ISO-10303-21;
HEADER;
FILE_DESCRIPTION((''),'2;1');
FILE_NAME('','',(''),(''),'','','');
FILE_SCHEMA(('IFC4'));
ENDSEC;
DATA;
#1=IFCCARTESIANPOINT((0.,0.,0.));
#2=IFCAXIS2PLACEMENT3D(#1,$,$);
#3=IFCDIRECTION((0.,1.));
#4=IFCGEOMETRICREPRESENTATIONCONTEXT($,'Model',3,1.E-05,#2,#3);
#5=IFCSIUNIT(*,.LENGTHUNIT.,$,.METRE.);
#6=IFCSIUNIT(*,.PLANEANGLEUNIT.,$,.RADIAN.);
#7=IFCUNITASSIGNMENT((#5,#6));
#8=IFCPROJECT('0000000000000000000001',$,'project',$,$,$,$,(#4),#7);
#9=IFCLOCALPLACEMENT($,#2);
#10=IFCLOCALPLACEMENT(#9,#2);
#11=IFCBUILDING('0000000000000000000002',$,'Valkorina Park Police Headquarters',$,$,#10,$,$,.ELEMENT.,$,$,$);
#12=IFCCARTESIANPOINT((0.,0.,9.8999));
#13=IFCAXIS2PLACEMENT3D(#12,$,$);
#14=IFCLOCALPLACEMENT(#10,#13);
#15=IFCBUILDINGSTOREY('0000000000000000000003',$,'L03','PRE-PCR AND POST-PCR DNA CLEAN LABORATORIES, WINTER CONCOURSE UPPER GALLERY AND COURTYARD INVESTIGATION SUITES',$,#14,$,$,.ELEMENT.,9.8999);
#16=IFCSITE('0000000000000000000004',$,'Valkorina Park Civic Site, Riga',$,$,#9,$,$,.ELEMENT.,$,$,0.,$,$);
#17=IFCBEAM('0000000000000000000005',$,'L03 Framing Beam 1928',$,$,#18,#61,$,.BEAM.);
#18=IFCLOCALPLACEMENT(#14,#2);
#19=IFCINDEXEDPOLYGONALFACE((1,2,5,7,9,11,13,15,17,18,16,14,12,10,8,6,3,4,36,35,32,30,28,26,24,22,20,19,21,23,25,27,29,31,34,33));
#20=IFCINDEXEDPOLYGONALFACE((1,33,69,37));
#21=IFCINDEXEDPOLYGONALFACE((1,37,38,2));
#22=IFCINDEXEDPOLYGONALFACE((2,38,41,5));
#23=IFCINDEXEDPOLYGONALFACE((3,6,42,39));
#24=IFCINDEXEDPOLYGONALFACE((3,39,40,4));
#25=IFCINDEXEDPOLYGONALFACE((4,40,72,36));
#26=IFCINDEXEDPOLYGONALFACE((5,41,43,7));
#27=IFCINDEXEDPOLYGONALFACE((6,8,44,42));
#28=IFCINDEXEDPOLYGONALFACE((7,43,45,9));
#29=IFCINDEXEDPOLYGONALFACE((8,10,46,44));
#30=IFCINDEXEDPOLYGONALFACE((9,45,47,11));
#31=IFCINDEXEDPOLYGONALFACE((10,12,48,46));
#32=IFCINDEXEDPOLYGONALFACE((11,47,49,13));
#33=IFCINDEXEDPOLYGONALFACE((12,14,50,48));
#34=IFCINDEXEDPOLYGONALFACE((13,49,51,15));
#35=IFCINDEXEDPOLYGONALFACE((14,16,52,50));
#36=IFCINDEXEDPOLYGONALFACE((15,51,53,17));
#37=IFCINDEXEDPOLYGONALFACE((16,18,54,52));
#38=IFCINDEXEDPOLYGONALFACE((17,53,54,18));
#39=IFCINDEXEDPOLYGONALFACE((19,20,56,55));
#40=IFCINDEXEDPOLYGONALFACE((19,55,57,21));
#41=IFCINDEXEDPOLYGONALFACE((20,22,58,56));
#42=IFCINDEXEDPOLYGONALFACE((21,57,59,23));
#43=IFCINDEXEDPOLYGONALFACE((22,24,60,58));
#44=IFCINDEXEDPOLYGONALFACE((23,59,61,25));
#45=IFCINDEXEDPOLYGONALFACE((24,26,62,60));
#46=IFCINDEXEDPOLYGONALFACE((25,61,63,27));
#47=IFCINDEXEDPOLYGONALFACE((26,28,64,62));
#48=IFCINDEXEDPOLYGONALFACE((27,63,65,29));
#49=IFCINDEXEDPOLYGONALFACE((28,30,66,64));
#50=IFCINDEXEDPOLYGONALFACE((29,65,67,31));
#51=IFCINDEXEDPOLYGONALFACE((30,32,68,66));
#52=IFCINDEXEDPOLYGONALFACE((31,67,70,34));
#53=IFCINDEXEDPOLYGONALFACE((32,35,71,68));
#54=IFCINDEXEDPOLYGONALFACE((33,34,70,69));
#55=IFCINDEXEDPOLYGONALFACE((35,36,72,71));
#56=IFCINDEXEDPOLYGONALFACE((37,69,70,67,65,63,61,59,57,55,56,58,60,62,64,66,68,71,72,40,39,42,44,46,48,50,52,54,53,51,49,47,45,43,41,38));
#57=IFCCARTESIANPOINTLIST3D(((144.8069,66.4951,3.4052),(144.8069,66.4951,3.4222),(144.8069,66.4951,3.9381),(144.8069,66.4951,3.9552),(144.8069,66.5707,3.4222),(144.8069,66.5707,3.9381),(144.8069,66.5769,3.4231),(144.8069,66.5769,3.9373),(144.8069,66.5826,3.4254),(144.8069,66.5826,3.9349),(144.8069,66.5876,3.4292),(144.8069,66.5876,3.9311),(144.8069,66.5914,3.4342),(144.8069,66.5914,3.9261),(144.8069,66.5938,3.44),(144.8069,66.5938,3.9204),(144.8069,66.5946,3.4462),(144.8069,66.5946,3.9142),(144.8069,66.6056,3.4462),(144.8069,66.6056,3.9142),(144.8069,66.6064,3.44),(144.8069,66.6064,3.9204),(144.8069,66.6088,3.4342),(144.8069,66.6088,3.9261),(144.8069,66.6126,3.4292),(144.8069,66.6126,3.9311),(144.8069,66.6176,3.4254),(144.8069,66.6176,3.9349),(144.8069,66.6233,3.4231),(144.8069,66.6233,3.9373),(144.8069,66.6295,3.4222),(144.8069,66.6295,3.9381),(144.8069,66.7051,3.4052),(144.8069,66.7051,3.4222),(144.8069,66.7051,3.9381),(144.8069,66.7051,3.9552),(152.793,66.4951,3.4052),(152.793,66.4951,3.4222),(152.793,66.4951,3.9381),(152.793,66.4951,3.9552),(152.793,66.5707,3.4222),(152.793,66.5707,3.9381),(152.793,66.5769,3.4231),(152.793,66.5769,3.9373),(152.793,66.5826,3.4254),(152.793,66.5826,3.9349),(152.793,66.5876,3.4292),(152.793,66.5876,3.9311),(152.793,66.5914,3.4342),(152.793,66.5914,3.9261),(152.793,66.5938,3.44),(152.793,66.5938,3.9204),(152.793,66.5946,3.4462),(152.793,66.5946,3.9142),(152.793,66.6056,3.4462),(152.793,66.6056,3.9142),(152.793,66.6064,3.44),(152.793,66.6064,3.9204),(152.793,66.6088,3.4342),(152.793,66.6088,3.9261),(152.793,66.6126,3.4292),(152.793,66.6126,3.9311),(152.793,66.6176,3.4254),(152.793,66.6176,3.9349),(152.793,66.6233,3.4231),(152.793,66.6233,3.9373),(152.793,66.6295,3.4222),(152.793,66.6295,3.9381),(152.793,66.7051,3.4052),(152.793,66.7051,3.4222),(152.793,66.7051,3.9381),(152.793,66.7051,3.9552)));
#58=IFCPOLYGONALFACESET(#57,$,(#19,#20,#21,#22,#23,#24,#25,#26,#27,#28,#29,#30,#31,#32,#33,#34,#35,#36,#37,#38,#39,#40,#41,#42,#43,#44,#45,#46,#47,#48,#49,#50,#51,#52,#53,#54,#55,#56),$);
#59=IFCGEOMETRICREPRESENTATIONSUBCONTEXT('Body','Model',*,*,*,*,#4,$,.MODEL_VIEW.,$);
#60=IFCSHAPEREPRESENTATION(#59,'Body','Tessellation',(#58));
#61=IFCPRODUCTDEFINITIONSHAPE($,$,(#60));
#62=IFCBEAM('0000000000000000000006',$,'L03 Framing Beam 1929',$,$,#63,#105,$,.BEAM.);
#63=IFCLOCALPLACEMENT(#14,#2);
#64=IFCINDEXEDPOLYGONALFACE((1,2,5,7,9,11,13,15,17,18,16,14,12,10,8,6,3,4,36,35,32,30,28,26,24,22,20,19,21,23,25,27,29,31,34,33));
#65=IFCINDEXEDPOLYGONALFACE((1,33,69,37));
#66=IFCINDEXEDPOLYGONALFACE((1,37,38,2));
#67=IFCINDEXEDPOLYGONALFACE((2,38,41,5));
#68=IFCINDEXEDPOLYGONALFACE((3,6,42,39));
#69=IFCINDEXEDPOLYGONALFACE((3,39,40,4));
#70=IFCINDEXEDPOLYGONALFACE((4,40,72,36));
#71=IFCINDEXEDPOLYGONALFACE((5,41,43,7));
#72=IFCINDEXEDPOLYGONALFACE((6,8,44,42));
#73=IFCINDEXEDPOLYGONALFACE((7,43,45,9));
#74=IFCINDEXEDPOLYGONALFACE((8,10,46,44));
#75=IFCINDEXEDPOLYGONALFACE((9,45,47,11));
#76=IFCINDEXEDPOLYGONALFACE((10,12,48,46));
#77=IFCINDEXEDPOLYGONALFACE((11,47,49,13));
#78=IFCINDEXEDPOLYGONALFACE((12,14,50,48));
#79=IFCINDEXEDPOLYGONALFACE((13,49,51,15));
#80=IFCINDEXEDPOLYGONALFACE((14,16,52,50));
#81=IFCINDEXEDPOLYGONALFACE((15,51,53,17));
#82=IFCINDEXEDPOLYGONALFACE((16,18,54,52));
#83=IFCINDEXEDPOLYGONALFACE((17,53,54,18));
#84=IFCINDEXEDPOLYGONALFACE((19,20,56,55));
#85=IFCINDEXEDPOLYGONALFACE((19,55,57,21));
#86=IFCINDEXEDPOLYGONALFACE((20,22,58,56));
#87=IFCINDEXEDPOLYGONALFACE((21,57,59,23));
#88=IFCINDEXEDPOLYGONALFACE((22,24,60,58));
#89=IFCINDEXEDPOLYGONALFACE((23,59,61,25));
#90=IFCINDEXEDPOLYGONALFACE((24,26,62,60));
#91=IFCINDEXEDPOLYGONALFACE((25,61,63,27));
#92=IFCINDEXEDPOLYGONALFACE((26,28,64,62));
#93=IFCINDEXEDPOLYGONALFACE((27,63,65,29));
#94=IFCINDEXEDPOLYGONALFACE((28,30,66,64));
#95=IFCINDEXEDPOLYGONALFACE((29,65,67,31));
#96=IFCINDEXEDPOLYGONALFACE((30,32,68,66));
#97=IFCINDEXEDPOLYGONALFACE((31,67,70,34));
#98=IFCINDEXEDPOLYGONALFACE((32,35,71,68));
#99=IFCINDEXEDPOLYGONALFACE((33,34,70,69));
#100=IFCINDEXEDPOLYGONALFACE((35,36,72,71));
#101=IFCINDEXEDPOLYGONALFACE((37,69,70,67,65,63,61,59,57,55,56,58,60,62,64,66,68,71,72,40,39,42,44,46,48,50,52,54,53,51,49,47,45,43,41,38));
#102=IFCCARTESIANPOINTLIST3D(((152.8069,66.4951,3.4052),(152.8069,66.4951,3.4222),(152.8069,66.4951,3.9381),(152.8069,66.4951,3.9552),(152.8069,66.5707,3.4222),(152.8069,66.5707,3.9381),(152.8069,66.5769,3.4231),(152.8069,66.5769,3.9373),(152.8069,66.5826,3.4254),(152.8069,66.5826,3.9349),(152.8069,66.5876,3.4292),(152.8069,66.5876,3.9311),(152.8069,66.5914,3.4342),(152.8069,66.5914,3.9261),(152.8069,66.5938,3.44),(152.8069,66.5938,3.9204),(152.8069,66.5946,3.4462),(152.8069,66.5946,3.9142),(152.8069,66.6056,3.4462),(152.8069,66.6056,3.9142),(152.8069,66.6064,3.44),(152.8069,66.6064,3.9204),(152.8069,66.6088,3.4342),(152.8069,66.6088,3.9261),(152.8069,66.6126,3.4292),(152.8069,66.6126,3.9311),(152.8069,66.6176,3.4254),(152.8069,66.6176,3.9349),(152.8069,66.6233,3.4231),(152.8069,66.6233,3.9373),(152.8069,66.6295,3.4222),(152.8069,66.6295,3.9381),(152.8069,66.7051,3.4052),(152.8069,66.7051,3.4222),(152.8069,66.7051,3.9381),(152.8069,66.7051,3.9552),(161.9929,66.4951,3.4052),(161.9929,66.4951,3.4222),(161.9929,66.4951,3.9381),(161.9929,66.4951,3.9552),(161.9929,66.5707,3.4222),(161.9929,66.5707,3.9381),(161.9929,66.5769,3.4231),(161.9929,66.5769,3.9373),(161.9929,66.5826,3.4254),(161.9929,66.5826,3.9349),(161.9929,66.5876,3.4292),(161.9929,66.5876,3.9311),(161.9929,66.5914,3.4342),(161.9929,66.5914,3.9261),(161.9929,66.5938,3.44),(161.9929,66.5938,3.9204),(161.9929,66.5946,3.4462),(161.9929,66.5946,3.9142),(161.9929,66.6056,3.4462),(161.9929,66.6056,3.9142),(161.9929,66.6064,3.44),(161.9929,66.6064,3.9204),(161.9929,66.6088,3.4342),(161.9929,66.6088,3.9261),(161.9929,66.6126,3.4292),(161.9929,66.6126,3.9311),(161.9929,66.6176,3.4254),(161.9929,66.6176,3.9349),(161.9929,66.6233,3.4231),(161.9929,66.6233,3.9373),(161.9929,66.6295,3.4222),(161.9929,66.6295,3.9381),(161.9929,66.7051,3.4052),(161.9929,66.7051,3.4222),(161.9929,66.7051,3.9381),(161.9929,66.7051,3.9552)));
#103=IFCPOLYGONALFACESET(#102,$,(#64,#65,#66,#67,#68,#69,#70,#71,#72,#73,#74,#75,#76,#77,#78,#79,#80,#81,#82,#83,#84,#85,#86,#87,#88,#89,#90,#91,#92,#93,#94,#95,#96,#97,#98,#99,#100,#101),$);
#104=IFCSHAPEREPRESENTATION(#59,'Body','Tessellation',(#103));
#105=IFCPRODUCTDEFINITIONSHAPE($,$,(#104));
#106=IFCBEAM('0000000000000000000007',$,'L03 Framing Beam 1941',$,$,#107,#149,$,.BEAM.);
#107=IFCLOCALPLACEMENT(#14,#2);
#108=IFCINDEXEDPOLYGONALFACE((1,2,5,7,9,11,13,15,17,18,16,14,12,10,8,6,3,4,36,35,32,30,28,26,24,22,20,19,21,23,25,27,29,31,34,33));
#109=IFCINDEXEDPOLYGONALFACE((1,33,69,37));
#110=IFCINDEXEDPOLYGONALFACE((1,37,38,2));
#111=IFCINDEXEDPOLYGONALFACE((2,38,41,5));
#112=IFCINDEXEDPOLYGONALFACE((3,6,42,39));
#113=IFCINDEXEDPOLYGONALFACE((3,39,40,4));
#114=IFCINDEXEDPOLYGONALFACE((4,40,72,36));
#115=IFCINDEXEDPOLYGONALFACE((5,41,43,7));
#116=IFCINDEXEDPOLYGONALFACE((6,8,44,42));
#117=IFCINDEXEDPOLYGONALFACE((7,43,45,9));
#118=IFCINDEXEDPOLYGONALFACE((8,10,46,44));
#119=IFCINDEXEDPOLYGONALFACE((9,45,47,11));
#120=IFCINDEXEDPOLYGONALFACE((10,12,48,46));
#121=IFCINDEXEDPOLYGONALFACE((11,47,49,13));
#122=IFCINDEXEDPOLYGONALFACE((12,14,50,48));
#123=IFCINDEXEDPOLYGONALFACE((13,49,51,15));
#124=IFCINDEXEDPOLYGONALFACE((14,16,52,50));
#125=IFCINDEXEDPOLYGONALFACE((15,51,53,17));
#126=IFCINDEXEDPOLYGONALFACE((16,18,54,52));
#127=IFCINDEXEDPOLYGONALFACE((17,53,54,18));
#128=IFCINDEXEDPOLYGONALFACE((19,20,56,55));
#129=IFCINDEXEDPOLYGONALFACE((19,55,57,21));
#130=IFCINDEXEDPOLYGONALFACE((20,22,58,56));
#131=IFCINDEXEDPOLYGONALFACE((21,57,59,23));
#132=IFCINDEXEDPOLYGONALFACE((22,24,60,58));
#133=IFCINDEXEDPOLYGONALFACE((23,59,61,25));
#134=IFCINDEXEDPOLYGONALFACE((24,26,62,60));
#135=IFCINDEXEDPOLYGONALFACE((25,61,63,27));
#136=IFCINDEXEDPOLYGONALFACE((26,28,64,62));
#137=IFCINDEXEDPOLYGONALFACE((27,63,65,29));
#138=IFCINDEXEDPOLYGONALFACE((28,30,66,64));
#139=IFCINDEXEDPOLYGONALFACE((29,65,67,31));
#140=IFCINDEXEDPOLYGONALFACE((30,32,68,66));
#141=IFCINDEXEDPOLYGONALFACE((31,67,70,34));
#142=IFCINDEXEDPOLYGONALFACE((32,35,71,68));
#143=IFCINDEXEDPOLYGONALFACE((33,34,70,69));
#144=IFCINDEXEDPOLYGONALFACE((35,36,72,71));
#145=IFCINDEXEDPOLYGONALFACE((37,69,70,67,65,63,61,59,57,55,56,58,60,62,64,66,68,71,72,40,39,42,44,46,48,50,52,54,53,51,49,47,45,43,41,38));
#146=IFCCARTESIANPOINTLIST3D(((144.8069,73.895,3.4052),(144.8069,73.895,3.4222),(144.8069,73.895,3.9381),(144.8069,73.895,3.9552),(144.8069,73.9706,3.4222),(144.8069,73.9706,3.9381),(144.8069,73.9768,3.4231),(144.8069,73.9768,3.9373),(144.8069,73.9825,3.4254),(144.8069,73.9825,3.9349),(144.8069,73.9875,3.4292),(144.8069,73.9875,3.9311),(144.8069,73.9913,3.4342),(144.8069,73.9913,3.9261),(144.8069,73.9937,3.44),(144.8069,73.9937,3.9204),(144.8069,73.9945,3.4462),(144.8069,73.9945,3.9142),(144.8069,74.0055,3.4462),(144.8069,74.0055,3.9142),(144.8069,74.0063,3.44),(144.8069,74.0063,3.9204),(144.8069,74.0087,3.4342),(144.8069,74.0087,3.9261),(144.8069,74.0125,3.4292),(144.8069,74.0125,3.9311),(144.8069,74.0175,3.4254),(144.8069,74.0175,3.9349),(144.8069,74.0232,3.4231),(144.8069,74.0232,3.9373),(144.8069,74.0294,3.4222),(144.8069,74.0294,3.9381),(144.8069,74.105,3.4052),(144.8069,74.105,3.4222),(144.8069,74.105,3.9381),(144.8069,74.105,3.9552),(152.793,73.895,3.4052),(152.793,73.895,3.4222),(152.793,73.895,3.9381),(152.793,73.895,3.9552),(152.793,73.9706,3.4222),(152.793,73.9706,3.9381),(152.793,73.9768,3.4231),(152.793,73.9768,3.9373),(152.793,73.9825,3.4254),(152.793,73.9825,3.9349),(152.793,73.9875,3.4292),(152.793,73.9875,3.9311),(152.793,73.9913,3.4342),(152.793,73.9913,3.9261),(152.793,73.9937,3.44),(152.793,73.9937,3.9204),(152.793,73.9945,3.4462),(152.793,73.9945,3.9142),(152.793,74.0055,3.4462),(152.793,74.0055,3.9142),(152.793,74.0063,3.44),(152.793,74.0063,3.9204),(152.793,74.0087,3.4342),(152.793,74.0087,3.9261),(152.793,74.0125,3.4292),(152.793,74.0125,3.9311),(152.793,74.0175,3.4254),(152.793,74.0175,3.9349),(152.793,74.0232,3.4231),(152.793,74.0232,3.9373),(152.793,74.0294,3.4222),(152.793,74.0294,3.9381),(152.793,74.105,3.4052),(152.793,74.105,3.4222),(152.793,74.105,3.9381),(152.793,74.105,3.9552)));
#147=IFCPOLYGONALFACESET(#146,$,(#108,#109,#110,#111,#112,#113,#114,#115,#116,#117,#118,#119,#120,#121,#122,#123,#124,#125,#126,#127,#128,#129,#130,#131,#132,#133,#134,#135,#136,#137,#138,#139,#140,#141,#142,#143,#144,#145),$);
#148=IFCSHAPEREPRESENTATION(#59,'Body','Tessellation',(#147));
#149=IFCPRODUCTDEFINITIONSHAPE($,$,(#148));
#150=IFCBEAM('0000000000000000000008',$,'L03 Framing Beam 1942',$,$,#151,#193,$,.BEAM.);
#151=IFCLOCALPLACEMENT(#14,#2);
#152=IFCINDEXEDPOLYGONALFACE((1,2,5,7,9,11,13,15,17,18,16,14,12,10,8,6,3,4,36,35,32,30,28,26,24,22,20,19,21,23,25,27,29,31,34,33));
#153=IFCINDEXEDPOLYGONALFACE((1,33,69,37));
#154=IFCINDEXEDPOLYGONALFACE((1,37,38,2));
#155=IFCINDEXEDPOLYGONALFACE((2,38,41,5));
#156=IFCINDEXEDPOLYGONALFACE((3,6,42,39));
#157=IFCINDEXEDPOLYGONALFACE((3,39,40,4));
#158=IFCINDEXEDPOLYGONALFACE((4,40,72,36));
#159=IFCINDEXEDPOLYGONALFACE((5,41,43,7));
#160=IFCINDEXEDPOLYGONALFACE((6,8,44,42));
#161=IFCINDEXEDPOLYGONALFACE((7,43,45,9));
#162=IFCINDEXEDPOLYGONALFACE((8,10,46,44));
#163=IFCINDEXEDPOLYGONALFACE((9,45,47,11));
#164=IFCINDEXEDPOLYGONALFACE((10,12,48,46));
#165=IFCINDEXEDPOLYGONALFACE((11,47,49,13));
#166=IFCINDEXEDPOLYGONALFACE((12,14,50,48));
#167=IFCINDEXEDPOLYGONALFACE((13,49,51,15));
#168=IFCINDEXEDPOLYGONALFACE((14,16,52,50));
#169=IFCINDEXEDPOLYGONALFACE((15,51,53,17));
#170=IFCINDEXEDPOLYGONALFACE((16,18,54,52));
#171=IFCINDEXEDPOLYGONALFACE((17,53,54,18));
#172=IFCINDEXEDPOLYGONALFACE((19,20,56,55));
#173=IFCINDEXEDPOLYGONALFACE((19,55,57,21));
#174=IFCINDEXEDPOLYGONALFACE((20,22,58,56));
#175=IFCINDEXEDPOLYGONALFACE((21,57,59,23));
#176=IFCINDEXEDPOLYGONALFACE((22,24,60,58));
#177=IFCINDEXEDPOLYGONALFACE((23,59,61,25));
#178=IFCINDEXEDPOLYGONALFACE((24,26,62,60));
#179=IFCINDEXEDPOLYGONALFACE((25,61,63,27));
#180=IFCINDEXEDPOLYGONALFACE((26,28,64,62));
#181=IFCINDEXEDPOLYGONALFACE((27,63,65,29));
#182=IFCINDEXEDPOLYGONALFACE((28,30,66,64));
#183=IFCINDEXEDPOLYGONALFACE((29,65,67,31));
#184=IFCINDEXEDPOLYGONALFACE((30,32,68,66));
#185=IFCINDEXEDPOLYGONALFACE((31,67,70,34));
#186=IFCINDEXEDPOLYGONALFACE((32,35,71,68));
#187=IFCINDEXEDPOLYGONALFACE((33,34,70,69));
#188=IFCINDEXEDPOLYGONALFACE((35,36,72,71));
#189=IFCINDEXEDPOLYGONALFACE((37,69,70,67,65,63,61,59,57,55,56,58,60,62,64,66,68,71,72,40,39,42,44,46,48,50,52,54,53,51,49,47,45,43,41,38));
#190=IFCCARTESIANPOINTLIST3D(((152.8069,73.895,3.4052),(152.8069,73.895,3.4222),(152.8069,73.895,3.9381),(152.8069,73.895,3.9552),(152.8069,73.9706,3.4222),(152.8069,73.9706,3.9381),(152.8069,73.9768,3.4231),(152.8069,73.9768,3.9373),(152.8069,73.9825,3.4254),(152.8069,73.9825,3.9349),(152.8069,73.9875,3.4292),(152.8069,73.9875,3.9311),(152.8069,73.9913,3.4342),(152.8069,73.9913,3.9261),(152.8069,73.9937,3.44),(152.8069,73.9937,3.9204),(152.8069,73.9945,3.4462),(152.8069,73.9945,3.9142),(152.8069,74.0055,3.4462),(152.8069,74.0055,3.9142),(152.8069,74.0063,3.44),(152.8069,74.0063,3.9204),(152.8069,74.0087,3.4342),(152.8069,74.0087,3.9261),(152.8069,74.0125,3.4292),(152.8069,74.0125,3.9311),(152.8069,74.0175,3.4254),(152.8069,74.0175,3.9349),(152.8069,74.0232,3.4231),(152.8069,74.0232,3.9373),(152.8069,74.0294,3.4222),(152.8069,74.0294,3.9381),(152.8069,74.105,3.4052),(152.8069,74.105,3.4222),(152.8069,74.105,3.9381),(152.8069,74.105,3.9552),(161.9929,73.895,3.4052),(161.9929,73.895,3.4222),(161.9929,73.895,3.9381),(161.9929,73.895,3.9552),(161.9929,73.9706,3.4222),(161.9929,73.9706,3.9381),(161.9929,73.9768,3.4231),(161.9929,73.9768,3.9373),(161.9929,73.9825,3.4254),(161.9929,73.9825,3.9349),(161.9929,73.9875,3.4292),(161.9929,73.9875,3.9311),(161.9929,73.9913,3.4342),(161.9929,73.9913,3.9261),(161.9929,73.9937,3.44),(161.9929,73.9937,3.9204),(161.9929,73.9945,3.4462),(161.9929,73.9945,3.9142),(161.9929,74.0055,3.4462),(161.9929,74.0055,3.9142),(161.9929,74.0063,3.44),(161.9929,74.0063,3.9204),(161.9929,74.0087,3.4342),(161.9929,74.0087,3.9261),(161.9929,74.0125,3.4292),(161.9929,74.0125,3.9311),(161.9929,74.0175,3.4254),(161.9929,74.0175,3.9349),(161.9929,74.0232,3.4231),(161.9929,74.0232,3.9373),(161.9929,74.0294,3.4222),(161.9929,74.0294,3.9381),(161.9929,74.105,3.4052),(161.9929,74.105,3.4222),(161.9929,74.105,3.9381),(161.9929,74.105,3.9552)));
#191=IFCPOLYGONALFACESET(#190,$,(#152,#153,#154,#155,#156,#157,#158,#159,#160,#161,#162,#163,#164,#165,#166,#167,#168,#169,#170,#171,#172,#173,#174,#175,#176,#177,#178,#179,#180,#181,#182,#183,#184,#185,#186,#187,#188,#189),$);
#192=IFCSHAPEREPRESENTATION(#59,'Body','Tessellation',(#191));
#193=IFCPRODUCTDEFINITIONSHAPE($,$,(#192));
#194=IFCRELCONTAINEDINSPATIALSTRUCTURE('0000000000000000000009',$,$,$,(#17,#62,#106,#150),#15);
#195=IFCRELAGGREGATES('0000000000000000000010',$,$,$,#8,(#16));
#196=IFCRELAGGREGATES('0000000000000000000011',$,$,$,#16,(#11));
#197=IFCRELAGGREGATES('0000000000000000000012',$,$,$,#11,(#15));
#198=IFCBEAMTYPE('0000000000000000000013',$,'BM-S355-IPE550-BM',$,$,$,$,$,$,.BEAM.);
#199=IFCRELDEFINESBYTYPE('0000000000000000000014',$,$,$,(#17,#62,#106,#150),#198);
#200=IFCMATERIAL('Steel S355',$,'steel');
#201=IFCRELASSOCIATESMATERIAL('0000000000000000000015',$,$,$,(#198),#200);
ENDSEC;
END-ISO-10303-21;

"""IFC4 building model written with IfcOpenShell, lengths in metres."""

from ifc_helpers import new_model, si_unit, direction, frame, origin, origin_2d, place, context, subcontext, project, spatial, i_section, extrude, material, material_profile, profile_set, type_object, element, save


model = new_model("IFC4")

# Units and contexts
model_context = context("Model", 3, precision=1e-05, world=origin(), true_north=direction((0.0, 1.0)))
body_context = subcontext(model_context, "Body", "Model", "MODEL_VIEW")
ifc_project = project(units=[si_unit("LENGTHUNIT", "METRE"), si_unit("PLANEANGLEUNIT", "RADIAN")], contexts=[model_context])

# Site, building, storey
site_placement = place(None, origin())
site = spatial("IfcSite", under=ifc_project, at=site_placement, Name="Valkorina Park Civic Site, Riga", CompositionType="ELEMENT", RefElevation=0.0)
building_placement = place(site_placement, origin())
building = spatial("IfcBuilding", under=site, at=building_placement, Name="Valkorina Park Police Headquarters", CompositionType="ELEMENT")
storey_placement = place(building_placement, frame((0.0, 0.0, 9.8999)))
storey = spatial("IfcBuildingStorey", under=building, at=storey_placement, Name="L03", Description="PRE-PCR AND POST-PCR DNA CLEAN LABORATORIES, WINTER CONCOURSE UPPER GALLERY AND COURTYARD INVESTIGATION SUITES", CompositionType="ELEMENT", Elevation=9.8999)

# Shared definitions
ifc_material_1 = material(Name="Steel S355", Category="steel")

# Beams
ifc_material_profile_1 = material_profile(ifc_material_1, i_section(OverallWidth=0.21, OverallDepth=0.55, WebThickness=0.011, FlangeThickness=0.0171, FilletRadius=0.0239, at=origin_2d()), Name="IPE 550")
ifc_profile_set_1 = profile_set([ifc_material_profile_1], Name="Steel S355")
beam_type_1 = type_object("IfcBeamType", Name="BM-S355-IPE550-BM", PredefinedType="BEAM", material=ifc_profile_set_1)
beam_1_placement = place(storey_placement, frame((144.8069, 66.6001, 3.6802), z_axis=(1.0, 0.0, 0.0), x_axis=(0.0, 1.0, 0.0)))
element("IfcBeam", 1, at=beam_1_placement, inside=storey, type_object=beam_type_1, Name="L03 Framing Beam 1928", PredefinedType="BEAM", context=body_context, shape_type="SweptSolid", body=[
    extrude(i_section(OverallWidth=0.21, OverallDepth=0.55, WebThickness=0.011, FlangeThickness=0.0171, FilletRadius=0.0239, at=origin_2d()), origin(), (0.0, 0.0, 1.0), 7.9861),
])
beam_2_placement = place(storey_placement, frame((152.8069, 66.6001, 3.6802), z_axis=(1.0, 0.0, 0.0), x_axis=(0.0, 1.0, 0.0)))
element("IfcBeam", 2, at=beam_2_placement, inside=storey, type_object=beam_type_1, Name="L03 Framing Beam 1929", PredefinedType="BEAM", context=body_context, shape_type="SweptSolid", body=[
    extrude(i_section(OverallWidth=0.21, OverallDepth=0.55, WebThickness=0.011, FlangeThickness=0.0171, FilletRadius=0.0239, at=origin_2d()), origin(), (0.0, 0.0, 1.0), 9.186),
])
beam_3_placement = place(storey_placement, frame((144.8069, 74.0, 3.6802), z_axis=(1.0, 0.0, 0.0), x_axis=(0.0, 1.0, 0.0)))
element("IfcBeam", 3, at=beam_3_placement, inside=storey, type_object=beam_type_1, Name="L03 Framing Beam 1941", PredefinedType="BEAM", context=body_context, shape_type="SweptSolid", body=[
    extrude(i_section(OverallWidth=0.21, OverallDepth=0.55, WebThickness=0.011, FlangeThickness=0.0171, FilletRadius=0.0239, at=origin_2d()), origin(), (0.0, 0.0, 1.0), 7.9861),
])
beam_4_placement = place(storey_placement, frame((152.8069, 74.0, 3.6802), z_axis=(1.0, 0.0, 0.0), x_axis=(0.0, 1.0, 0.0)))
element("IfcBeam", 4, at=beam_4_placement, inside=storey, type_object=beam_type_1, Name="L03 Framing Beam 1942", PredefinedType="BEAM", context=body_context, shape_type="SweptSolid", body=[
    extrude(i_section(OverallWidth=0.21, OverallDepth=0.55, WebThickness=0.011, FlangeThickness=0.0171, FilletRadius=0.0239, at=origin_2d()), origin(), (0.0, 0.0, 1.0), 9.186),
])

save(model, "model.ifc")
